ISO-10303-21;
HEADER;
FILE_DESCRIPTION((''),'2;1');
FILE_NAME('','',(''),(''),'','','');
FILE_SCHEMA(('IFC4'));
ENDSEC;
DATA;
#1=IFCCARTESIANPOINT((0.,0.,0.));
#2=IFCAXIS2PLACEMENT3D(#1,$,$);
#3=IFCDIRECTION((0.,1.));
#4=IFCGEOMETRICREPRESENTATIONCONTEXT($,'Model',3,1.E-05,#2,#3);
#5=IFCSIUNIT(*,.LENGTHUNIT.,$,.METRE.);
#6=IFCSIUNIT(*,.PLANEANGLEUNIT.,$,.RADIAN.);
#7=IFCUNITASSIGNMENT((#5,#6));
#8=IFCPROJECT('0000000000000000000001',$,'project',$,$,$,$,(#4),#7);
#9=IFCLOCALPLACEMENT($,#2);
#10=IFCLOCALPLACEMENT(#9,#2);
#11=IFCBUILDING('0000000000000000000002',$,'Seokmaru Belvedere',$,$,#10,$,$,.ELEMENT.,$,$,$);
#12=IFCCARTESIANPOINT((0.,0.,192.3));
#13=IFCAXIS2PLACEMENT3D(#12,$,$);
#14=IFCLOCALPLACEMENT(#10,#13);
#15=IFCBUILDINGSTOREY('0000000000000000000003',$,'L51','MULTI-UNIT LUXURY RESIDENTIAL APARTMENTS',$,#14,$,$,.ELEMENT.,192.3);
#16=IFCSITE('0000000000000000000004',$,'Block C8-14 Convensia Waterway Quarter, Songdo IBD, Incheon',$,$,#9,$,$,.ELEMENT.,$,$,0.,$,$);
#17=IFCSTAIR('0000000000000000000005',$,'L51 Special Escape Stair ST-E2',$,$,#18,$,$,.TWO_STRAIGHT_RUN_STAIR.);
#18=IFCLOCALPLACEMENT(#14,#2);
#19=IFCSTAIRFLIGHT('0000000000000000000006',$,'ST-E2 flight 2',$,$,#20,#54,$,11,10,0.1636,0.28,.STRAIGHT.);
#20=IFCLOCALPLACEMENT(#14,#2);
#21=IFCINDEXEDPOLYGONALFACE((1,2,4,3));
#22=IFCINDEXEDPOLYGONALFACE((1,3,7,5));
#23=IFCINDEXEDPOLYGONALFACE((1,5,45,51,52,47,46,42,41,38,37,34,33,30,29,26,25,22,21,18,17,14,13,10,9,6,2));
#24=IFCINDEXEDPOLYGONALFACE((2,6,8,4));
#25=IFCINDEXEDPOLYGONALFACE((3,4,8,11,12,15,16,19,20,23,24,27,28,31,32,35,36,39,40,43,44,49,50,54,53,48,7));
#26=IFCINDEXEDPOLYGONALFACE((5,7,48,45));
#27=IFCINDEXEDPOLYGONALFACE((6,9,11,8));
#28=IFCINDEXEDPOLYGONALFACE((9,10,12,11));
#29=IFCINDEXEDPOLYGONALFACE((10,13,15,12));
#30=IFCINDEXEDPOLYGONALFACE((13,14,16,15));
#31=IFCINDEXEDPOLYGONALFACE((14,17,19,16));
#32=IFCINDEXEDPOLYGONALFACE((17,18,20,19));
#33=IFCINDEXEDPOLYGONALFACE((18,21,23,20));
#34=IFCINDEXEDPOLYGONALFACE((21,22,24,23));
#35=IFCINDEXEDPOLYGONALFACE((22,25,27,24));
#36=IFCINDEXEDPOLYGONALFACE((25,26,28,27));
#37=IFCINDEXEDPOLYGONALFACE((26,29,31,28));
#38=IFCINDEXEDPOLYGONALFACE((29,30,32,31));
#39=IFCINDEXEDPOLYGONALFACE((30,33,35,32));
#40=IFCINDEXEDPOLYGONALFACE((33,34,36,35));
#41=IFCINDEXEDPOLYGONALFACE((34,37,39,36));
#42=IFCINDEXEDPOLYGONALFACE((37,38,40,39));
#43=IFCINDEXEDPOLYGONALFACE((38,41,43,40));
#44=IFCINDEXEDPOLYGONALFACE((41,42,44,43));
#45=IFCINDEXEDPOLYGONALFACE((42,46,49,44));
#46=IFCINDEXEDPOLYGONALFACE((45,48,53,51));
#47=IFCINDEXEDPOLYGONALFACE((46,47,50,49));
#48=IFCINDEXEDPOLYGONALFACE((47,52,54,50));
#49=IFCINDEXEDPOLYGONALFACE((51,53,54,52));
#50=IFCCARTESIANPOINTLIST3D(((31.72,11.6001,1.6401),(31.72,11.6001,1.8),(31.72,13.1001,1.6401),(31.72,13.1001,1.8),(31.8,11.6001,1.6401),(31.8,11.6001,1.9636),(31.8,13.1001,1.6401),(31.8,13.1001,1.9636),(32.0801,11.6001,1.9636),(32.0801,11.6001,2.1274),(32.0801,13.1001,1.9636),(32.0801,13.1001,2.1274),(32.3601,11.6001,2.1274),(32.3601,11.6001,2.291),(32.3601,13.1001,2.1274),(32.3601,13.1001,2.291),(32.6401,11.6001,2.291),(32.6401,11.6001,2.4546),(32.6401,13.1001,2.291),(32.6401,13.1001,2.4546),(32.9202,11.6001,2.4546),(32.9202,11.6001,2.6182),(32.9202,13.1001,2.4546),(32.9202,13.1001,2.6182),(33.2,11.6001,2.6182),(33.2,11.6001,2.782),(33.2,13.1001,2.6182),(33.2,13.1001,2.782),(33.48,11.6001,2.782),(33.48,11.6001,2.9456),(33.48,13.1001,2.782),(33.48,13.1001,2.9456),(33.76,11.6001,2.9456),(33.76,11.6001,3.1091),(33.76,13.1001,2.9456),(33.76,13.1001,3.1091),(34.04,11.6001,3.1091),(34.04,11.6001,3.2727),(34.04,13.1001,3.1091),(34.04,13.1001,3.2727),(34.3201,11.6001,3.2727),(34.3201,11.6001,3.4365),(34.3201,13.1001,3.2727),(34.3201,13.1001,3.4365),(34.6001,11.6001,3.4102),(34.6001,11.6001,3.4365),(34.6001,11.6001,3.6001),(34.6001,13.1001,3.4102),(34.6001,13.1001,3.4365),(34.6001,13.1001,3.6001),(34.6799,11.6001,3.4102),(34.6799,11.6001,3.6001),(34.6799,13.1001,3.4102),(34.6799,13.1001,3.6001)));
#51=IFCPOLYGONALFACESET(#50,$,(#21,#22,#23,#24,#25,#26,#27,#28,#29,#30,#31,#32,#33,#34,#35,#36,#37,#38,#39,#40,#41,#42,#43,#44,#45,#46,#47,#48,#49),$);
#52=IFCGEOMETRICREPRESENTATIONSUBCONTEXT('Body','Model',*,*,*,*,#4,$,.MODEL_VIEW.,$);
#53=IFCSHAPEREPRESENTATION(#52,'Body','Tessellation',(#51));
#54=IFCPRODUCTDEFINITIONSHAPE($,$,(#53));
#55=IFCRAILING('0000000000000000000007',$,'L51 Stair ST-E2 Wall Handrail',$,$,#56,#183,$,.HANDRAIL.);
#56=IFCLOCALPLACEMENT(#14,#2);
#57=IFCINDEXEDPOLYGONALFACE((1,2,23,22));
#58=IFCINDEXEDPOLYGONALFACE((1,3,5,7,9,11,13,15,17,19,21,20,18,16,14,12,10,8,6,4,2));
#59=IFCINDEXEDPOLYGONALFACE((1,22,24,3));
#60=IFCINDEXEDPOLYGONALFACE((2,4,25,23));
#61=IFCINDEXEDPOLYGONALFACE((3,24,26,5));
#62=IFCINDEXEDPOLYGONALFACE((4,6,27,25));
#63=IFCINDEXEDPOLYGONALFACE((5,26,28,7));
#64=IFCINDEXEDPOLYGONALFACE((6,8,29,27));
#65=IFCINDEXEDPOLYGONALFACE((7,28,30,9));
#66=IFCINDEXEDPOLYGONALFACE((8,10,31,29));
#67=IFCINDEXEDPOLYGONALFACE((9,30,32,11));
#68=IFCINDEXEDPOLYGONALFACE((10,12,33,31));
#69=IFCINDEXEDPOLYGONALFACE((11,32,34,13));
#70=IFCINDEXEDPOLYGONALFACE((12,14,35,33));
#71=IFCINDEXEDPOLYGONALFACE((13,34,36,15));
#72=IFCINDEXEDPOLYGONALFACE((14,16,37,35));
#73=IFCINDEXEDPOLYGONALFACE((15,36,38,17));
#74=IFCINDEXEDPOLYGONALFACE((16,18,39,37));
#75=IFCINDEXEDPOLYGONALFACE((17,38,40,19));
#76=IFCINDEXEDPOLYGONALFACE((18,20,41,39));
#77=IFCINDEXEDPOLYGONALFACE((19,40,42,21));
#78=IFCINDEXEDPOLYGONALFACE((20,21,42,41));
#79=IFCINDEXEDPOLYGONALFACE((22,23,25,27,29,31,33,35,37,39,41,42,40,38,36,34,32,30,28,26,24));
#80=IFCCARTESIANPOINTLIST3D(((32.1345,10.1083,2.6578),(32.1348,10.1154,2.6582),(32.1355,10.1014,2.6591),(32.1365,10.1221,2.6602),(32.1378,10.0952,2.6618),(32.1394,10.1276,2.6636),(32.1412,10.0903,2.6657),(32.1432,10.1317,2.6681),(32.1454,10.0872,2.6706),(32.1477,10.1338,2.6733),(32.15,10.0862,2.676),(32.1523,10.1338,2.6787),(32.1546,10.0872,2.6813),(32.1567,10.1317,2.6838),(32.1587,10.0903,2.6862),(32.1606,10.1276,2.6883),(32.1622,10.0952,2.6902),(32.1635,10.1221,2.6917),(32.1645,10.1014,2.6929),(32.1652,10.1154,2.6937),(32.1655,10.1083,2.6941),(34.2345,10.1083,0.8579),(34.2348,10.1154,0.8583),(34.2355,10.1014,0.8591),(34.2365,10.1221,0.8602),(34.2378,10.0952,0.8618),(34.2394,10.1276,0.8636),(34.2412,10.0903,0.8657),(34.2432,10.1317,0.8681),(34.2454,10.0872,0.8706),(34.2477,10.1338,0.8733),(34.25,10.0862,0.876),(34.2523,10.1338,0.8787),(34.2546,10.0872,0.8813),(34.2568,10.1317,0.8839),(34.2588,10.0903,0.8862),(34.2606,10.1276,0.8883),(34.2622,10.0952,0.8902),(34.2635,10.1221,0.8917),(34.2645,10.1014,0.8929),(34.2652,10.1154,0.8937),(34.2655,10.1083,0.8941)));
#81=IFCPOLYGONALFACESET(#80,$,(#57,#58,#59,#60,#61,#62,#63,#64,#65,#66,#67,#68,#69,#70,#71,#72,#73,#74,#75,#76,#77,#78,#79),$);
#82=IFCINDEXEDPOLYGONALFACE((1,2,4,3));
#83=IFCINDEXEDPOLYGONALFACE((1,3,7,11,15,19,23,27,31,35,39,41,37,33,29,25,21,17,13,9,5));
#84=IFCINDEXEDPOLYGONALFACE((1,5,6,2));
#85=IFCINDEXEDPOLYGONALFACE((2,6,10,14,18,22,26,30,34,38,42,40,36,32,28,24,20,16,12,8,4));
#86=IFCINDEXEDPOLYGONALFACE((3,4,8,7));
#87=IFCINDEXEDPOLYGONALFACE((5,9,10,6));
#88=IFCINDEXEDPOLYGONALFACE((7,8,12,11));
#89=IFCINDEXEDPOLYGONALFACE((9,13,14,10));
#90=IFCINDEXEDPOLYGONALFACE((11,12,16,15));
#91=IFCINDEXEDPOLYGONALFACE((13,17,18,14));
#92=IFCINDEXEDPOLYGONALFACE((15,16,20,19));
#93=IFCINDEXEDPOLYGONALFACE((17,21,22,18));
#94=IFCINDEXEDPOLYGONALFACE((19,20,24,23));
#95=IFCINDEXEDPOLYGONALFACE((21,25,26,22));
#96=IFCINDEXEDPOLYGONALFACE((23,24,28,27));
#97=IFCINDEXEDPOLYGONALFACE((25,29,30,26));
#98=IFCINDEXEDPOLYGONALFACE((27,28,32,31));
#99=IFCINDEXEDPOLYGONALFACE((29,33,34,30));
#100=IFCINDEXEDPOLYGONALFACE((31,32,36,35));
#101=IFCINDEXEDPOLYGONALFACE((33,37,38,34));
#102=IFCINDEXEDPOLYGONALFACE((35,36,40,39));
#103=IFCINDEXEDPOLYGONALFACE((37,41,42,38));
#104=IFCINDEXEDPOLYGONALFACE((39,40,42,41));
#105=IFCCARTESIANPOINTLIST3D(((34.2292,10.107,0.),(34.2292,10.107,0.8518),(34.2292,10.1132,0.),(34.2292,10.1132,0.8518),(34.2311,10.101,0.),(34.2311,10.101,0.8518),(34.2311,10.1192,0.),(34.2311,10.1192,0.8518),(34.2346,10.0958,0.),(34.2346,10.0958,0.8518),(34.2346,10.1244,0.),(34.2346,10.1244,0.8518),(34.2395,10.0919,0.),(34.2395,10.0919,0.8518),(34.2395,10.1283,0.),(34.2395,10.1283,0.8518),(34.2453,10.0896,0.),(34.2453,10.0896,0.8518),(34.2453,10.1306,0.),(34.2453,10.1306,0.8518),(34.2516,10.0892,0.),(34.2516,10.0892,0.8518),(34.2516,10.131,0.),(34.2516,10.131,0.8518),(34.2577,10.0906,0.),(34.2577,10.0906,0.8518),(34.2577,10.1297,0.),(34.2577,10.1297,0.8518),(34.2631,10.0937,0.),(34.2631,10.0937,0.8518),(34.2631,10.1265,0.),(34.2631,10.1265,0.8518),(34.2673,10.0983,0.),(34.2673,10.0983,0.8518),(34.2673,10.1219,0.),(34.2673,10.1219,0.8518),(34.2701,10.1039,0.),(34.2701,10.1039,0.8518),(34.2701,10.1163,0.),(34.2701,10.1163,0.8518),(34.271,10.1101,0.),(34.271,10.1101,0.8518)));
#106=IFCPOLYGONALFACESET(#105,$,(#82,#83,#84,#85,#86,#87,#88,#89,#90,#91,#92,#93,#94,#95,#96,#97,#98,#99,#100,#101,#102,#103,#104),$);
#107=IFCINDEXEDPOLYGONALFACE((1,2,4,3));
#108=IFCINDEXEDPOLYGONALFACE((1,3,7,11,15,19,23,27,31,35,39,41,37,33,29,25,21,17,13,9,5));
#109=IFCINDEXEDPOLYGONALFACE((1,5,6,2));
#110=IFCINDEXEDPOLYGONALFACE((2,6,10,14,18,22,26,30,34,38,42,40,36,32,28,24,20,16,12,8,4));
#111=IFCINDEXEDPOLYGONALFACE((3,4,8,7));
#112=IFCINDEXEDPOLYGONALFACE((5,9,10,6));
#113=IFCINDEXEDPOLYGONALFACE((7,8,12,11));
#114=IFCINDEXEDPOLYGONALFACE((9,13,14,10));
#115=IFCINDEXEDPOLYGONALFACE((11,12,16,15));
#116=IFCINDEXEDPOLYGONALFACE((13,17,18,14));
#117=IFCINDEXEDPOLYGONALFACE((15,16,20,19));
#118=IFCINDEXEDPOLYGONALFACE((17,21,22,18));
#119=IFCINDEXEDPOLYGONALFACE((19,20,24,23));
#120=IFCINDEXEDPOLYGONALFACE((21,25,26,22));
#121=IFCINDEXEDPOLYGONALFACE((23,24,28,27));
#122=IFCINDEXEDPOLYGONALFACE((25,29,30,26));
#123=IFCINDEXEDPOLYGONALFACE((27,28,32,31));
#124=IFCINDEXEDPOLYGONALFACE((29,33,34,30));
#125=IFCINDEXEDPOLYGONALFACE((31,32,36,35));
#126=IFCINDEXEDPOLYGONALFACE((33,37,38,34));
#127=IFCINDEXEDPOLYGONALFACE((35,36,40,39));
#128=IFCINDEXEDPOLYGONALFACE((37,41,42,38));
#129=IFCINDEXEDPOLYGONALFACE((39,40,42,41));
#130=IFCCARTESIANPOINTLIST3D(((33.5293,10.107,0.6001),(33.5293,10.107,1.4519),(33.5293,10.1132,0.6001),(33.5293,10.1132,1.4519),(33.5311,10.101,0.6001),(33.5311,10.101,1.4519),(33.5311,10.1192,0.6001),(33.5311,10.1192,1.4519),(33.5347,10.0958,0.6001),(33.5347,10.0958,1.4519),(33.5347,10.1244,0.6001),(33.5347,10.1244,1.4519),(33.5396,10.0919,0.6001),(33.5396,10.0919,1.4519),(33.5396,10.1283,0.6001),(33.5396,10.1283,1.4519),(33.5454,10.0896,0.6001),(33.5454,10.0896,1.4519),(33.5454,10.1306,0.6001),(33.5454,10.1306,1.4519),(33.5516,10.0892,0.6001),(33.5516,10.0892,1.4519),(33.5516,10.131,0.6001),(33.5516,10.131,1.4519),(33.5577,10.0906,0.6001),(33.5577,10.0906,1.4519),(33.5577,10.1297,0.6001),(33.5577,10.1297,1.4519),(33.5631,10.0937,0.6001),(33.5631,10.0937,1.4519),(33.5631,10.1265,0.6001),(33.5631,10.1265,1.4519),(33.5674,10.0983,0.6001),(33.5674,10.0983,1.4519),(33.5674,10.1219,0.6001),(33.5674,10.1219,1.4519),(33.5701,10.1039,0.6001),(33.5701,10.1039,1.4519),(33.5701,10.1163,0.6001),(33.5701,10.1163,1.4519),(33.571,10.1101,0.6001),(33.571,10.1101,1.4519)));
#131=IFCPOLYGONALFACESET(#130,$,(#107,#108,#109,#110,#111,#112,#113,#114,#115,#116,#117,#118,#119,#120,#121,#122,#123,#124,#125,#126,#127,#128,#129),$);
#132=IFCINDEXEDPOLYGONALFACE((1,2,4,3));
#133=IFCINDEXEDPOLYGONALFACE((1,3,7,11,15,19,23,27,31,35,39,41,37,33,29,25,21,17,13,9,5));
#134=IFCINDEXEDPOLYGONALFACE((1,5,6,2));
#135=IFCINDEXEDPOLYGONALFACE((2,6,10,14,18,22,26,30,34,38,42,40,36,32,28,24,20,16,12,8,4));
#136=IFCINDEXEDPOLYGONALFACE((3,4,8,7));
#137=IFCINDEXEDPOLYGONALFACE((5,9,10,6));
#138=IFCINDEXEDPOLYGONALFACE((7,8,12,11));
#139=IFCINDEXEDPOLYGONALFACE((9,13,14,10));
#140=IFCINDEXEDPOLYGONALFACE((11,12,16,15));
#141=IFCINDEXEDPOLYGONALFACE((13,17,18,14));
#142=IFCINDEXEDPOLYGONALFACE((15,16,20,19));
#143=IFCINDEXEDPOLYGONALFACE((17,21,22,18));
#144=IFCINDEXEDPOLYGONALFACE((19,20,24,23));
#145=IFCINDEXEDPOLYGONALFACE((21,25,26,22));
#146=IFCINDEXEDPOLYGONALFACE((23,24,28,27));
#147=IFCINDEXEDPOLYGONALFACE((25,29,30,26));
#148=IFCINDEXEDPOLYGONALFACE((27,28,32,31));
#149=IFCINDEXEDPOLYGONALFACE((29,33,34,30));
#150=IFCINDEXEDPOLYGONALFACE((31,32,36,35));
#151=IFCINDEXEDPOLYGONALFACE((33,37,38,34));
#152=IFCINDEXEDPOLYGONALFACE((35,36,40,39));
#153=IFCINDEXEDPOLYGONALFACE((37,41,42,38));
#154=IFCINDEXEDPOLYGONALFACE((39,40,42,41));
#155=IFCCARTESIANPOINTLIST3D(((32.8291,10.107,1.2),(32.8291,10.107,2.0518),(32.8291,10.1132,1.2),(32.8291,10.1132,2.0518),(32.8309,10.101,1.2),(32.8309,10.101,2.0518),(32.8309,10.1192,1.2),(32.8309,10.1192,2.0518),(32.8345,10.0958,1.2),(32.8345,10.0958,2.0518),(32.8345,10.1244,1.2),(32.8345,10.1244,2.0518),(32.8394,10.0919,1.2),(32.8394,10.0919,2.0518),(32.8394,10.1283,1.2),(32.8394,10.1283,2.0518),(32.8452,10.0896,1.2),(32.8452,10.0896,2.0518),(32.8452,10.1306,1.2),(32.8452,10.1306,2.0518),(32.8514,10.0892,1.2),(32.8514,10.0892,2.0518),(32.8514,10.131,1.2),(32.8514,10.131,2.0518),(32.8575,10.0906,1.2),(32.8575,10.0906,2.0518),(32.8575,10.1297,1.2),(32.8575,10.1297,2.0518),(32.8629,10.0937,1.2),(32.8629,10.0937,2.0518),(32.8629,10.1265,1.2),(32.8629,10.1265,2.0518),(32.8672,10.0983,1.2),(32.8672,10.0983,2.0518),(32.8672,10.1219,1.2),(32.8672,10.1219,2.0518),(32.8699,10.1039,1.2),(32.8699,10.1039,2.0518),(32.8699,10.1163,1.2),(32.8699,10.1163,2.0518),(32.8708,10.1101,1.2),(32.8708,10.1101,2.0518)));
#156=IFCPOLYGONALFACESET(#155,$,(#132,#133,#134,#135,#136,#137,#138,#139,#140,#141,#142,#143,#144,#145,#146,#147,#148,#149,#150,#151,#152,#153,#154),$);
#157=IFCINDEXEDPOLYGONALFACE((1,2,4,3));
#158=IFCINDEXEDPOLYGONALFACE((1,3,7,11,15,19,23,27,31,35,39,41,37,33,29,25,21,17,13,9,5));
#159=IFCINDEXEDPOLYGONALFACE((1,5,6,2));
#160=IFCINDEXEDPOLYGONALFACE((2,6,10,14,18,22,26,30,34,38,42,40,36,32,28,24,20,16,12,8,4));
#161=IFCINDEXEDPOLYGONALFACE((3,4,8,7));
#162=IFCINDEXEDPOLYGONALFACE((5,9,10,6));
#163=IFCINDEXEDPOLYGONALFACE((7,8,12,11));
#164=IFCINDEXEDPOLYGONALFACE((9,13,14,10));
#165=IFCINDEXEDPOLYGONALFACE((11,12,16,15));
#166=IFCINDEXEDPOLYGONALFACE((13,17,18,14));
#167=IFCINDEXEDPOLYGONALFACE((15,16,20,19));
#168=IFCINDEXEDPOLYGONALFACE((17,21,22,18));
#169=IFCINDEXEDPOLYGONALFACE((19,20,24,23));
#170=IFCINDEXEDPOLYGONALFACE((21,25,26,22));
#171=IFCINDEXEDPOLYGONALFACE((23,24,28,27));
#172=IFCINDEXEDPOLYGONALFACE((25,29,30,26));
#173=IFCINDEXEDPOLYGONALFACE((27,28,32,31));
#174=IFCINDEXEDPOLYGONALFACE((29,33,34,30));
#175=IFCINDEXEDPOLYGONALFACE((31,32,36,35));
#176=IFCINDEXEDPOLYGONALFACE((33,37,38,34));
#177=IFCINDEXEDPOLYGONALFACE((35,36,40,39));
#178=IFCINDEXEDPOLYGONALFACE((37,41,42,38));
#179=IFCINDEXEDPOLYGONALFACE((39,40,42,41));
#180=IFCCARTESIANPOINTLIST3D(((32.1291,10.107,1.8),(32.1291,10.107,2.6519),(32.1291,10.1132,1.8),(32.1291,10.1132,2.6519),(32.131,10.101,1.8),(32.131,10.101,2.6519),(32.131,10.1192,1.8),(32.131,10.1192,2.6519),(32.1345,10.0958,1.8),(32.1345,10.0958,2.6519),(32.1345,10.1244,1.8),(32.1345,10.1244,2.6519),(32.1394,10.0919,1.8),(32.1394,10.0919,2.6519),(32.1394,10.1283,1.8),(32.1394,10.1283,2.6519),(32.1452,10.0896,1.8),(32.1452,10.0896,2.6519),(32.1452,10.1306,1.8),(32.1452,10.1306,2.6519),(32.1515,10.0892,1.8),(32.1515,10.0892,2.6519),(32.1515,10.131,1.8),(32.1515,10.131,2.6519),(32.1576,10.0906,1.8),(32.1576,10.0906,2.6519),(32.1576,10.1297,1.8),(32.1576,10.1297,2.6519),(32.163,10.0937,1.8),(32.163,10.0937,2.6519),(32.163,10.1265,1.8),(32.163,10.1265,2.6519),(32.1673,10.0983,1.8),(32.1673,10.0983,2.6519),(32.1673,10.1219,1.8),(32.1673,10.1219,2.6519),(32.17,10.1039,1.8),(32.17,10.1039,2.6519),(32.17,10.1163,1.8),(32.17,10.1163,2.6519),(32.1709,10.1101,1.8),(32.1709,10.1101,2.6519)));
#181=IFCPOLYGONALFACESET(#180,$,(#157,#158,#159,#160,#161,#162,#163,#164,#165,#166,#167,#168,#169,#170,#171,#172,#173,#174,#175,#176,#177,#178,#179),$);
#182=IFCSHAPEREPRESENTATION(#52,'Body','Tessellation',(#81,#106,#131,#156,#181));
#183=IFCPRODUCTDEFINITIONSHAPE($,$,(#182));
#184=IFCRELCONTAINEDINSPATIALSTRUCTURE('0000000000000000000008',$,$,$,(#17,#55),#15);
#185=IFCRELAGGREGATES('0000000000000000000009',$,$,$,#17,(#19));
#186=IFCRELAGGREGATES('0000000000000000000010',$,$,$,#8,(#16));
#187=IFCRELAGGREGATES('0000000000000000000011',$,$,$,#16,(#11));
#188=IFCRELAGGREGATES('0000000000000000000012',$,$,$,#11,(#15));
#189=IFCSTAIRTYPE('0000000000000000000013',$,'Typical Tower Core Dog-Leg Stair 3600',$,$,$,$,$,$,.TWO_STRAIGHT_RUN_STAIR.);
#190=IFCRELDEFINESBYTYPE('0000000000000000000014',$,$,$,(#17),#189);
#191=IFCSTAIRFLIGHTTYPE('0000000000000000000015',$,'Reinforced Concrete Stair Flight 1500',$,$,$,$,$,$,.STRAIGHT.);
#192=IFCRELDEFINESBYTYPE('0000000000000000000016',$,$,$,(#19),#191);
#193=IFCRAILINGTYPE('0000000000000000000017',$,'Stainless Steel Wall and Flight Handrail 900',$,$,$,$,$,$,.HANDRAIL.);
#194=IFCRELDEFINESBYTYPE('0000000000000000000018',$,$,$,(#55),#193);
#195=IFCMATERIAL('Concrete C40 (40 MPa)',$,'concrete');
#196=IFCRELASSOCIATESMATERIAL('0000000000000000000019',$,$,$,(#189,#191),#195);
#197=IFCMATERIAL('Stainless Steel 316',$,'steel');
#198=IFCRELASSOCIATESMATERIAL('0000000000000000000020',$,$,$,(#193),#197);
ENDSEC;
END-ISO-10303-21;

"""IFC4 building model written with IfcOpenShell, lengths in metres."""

from ifc_helpers import new_model, si_unit, direction, frame, origin, origin_2d, place, context, subcontext, project, spatial, polyline, circle, outline, extrude, material, type_object, element, aggregate, save


model = new_model("IFC4")

# Units and contexts
model_context = context("Model", 3, precision=1e-05, world=origin(), true_north=direction((0.0, 1.0)))
body_context = subcontext(model_context, "Body", "Model", "MODEL_VIEW")
ifc_project = project(units=[si_unit("LENGTHUNIT", "METRE"), si_unit("PLANEANGLEUNIT", "RADIAN")], contexts=[model_context])

# Site, building, storey
site_placement = place(None, origin())
site = spatial("IfcSite", under=ifc_project, at=site_placement, Name="Block C8-14 Convensia Waterway Quarter, Songdo IBD, Incheon", CompositionType="ELEMENT", RefElevation=0.0)
building_placement = place(site_placement, origin())
building = spatial("IfcBuilding", under=site, at=building_placement, Name="Seokmaru Belvedere", CompositionType="ELEMENT")
storey_placement = place(building_placement, frame((0.0, 0.0, 192.3)))
storey = spatial("IfcBuildingStorey", under=building, at=storey_placement, Name="L51", Description="MULTI-UNIT LUXURY RESIDENTIAL APARTMENTS", CompositionType="ELEMENT", Elevation=192.3)

# Shared definitions
ifc_material_1 = material(Name="Stainless Steel 316", Category="steel")

# Stair, stair flight
ifc_material_2 = material(Name="Concrete C40 (40 MPa)", Category="concrete")
stair_type = type_object("IfcStairType", Name="Typical Tower Core Dog-Leg Stair 3600", PredefinedType="TWO_STRAIGHT_RUN_STAIR", material=ifc_material_2)
stair_placement = place(storey_placement, origin())
stair = element("IfcStair", 1, at=stair_placement, inside=storey, type_object=stair_type, Name="L51 Special Escape Stair ST-E2", PredefinedType="TWO_STRAIGHT_RUN_STAIR")
stair_flight_type = type_object("IfcStairFlightType", Name="Reinforced Concrete Stair Flight 1500", PredefinedType="STRAIGHT", material=ifc_material_2)
stair_flight_1_placement = place(storey_placement, frame((31.8, 12.3501, 1.8), z_axis=(0.0, 0.0, 1.0), x_axis=(1.0, 0.0, 0.0)))
stair_flight_1 = element("IfcStairFlight", 2, at=stair_flight_1_placement, type_object=stair_flight_type, Name="ST-E2 flight 2", NumberOfRisers=11, NumberOfTreads=10, PredefinedType="STRAIGHT", RiserHeight=0.1636, TreadLength=0.28, context=body_context, shape_type="SweptSolid", body=[
    extrude(outline(polyline([(-0.0801, 0.0), (0.0, 0.1636), (0.28, 0.1636), (0.28, 0.3274), (0.5601, 0.3274), (0.5601, 0.491), (0.8401, 0.491), (0.8401, 0.6545), (1.1201, 0.6545), (1.1201, 0.8181), (1.3999, 0.8181), (1.3999, 0.9819), (1.6799, 0.9819), (1.6799, 1.1455), (1.96, 1.1455), (1.96, 1.3091), (2.24, 1.3091), (2.24, 1.4727), (2.52, 1.4727), (2.52, 1.6365), (2.8, 1.6365), (2.8, 1.8), (2.8799, 1.8), (2.8799, 1.6101), (2.8, 1.6101), (0.0, -0.1599), (-0.0801, -0.1599), (-0.0801, 0.0)])), frame((0.0, 0.75, 0.0), z_axis=(0.0, -1.0, 0.0), x_axis=(1.0, 0.0, 0.0)), (0.0, 0.0, 1.0), 1.5),
])
aggregate(stair, [stair_flight_1])

# Railing
railing_type_1 = type_object("IfcRailingType", Name="Stainless Steel Wall and Flight Handrail 900", PredefinedType="HANDRAIL", material=ifc_material_1)
railing_1_placement = place(storey_placement, frame((34.25, 10.1101, 0.0)))
element("IfcRailing", 3, at=railing_1_placement, inside=storey, type_object=railing_type_1, Name="L51 Stair ST-E2 Wall Handrail", PredefinedType="HANDRAIL", context=body_context, shape_type="SweptSolid", body=[
    extrude(circle(Radius=0.0239, at=origin_2d()), frame((0.0, 0.0, 0.876), z_axis=(-0.759263, 0.0, 0.650784), x_axis=(0.0, -1.0, 0.0)), (0.0, 0.0, 1.0), 2.7659),
    extrude(circle(Radius=0.021, at=origin_2d()), origin(), (0.0, 0.0, 1.0), 0.8518),
    extrude(circle(Radius=0.021, at=origin_2d()), frame((-0.7, 0.0, 0.6001)), (0.0, 0.0, 1.0), 0.8518),
    extrude(circle(Radius=0.021, at=origin_2d()), frame((-1.4001, 0.0, 1.2)), (0.0, 0.0, 1.0), 0.8518),
    extrude(circle(Radius=0.021, at=origin_2d()), frame((-2.1001, 0.0, 1.8)), (0.0, 0.0, 1.0), 0.8518),
])

save(model, "model.ifc")
